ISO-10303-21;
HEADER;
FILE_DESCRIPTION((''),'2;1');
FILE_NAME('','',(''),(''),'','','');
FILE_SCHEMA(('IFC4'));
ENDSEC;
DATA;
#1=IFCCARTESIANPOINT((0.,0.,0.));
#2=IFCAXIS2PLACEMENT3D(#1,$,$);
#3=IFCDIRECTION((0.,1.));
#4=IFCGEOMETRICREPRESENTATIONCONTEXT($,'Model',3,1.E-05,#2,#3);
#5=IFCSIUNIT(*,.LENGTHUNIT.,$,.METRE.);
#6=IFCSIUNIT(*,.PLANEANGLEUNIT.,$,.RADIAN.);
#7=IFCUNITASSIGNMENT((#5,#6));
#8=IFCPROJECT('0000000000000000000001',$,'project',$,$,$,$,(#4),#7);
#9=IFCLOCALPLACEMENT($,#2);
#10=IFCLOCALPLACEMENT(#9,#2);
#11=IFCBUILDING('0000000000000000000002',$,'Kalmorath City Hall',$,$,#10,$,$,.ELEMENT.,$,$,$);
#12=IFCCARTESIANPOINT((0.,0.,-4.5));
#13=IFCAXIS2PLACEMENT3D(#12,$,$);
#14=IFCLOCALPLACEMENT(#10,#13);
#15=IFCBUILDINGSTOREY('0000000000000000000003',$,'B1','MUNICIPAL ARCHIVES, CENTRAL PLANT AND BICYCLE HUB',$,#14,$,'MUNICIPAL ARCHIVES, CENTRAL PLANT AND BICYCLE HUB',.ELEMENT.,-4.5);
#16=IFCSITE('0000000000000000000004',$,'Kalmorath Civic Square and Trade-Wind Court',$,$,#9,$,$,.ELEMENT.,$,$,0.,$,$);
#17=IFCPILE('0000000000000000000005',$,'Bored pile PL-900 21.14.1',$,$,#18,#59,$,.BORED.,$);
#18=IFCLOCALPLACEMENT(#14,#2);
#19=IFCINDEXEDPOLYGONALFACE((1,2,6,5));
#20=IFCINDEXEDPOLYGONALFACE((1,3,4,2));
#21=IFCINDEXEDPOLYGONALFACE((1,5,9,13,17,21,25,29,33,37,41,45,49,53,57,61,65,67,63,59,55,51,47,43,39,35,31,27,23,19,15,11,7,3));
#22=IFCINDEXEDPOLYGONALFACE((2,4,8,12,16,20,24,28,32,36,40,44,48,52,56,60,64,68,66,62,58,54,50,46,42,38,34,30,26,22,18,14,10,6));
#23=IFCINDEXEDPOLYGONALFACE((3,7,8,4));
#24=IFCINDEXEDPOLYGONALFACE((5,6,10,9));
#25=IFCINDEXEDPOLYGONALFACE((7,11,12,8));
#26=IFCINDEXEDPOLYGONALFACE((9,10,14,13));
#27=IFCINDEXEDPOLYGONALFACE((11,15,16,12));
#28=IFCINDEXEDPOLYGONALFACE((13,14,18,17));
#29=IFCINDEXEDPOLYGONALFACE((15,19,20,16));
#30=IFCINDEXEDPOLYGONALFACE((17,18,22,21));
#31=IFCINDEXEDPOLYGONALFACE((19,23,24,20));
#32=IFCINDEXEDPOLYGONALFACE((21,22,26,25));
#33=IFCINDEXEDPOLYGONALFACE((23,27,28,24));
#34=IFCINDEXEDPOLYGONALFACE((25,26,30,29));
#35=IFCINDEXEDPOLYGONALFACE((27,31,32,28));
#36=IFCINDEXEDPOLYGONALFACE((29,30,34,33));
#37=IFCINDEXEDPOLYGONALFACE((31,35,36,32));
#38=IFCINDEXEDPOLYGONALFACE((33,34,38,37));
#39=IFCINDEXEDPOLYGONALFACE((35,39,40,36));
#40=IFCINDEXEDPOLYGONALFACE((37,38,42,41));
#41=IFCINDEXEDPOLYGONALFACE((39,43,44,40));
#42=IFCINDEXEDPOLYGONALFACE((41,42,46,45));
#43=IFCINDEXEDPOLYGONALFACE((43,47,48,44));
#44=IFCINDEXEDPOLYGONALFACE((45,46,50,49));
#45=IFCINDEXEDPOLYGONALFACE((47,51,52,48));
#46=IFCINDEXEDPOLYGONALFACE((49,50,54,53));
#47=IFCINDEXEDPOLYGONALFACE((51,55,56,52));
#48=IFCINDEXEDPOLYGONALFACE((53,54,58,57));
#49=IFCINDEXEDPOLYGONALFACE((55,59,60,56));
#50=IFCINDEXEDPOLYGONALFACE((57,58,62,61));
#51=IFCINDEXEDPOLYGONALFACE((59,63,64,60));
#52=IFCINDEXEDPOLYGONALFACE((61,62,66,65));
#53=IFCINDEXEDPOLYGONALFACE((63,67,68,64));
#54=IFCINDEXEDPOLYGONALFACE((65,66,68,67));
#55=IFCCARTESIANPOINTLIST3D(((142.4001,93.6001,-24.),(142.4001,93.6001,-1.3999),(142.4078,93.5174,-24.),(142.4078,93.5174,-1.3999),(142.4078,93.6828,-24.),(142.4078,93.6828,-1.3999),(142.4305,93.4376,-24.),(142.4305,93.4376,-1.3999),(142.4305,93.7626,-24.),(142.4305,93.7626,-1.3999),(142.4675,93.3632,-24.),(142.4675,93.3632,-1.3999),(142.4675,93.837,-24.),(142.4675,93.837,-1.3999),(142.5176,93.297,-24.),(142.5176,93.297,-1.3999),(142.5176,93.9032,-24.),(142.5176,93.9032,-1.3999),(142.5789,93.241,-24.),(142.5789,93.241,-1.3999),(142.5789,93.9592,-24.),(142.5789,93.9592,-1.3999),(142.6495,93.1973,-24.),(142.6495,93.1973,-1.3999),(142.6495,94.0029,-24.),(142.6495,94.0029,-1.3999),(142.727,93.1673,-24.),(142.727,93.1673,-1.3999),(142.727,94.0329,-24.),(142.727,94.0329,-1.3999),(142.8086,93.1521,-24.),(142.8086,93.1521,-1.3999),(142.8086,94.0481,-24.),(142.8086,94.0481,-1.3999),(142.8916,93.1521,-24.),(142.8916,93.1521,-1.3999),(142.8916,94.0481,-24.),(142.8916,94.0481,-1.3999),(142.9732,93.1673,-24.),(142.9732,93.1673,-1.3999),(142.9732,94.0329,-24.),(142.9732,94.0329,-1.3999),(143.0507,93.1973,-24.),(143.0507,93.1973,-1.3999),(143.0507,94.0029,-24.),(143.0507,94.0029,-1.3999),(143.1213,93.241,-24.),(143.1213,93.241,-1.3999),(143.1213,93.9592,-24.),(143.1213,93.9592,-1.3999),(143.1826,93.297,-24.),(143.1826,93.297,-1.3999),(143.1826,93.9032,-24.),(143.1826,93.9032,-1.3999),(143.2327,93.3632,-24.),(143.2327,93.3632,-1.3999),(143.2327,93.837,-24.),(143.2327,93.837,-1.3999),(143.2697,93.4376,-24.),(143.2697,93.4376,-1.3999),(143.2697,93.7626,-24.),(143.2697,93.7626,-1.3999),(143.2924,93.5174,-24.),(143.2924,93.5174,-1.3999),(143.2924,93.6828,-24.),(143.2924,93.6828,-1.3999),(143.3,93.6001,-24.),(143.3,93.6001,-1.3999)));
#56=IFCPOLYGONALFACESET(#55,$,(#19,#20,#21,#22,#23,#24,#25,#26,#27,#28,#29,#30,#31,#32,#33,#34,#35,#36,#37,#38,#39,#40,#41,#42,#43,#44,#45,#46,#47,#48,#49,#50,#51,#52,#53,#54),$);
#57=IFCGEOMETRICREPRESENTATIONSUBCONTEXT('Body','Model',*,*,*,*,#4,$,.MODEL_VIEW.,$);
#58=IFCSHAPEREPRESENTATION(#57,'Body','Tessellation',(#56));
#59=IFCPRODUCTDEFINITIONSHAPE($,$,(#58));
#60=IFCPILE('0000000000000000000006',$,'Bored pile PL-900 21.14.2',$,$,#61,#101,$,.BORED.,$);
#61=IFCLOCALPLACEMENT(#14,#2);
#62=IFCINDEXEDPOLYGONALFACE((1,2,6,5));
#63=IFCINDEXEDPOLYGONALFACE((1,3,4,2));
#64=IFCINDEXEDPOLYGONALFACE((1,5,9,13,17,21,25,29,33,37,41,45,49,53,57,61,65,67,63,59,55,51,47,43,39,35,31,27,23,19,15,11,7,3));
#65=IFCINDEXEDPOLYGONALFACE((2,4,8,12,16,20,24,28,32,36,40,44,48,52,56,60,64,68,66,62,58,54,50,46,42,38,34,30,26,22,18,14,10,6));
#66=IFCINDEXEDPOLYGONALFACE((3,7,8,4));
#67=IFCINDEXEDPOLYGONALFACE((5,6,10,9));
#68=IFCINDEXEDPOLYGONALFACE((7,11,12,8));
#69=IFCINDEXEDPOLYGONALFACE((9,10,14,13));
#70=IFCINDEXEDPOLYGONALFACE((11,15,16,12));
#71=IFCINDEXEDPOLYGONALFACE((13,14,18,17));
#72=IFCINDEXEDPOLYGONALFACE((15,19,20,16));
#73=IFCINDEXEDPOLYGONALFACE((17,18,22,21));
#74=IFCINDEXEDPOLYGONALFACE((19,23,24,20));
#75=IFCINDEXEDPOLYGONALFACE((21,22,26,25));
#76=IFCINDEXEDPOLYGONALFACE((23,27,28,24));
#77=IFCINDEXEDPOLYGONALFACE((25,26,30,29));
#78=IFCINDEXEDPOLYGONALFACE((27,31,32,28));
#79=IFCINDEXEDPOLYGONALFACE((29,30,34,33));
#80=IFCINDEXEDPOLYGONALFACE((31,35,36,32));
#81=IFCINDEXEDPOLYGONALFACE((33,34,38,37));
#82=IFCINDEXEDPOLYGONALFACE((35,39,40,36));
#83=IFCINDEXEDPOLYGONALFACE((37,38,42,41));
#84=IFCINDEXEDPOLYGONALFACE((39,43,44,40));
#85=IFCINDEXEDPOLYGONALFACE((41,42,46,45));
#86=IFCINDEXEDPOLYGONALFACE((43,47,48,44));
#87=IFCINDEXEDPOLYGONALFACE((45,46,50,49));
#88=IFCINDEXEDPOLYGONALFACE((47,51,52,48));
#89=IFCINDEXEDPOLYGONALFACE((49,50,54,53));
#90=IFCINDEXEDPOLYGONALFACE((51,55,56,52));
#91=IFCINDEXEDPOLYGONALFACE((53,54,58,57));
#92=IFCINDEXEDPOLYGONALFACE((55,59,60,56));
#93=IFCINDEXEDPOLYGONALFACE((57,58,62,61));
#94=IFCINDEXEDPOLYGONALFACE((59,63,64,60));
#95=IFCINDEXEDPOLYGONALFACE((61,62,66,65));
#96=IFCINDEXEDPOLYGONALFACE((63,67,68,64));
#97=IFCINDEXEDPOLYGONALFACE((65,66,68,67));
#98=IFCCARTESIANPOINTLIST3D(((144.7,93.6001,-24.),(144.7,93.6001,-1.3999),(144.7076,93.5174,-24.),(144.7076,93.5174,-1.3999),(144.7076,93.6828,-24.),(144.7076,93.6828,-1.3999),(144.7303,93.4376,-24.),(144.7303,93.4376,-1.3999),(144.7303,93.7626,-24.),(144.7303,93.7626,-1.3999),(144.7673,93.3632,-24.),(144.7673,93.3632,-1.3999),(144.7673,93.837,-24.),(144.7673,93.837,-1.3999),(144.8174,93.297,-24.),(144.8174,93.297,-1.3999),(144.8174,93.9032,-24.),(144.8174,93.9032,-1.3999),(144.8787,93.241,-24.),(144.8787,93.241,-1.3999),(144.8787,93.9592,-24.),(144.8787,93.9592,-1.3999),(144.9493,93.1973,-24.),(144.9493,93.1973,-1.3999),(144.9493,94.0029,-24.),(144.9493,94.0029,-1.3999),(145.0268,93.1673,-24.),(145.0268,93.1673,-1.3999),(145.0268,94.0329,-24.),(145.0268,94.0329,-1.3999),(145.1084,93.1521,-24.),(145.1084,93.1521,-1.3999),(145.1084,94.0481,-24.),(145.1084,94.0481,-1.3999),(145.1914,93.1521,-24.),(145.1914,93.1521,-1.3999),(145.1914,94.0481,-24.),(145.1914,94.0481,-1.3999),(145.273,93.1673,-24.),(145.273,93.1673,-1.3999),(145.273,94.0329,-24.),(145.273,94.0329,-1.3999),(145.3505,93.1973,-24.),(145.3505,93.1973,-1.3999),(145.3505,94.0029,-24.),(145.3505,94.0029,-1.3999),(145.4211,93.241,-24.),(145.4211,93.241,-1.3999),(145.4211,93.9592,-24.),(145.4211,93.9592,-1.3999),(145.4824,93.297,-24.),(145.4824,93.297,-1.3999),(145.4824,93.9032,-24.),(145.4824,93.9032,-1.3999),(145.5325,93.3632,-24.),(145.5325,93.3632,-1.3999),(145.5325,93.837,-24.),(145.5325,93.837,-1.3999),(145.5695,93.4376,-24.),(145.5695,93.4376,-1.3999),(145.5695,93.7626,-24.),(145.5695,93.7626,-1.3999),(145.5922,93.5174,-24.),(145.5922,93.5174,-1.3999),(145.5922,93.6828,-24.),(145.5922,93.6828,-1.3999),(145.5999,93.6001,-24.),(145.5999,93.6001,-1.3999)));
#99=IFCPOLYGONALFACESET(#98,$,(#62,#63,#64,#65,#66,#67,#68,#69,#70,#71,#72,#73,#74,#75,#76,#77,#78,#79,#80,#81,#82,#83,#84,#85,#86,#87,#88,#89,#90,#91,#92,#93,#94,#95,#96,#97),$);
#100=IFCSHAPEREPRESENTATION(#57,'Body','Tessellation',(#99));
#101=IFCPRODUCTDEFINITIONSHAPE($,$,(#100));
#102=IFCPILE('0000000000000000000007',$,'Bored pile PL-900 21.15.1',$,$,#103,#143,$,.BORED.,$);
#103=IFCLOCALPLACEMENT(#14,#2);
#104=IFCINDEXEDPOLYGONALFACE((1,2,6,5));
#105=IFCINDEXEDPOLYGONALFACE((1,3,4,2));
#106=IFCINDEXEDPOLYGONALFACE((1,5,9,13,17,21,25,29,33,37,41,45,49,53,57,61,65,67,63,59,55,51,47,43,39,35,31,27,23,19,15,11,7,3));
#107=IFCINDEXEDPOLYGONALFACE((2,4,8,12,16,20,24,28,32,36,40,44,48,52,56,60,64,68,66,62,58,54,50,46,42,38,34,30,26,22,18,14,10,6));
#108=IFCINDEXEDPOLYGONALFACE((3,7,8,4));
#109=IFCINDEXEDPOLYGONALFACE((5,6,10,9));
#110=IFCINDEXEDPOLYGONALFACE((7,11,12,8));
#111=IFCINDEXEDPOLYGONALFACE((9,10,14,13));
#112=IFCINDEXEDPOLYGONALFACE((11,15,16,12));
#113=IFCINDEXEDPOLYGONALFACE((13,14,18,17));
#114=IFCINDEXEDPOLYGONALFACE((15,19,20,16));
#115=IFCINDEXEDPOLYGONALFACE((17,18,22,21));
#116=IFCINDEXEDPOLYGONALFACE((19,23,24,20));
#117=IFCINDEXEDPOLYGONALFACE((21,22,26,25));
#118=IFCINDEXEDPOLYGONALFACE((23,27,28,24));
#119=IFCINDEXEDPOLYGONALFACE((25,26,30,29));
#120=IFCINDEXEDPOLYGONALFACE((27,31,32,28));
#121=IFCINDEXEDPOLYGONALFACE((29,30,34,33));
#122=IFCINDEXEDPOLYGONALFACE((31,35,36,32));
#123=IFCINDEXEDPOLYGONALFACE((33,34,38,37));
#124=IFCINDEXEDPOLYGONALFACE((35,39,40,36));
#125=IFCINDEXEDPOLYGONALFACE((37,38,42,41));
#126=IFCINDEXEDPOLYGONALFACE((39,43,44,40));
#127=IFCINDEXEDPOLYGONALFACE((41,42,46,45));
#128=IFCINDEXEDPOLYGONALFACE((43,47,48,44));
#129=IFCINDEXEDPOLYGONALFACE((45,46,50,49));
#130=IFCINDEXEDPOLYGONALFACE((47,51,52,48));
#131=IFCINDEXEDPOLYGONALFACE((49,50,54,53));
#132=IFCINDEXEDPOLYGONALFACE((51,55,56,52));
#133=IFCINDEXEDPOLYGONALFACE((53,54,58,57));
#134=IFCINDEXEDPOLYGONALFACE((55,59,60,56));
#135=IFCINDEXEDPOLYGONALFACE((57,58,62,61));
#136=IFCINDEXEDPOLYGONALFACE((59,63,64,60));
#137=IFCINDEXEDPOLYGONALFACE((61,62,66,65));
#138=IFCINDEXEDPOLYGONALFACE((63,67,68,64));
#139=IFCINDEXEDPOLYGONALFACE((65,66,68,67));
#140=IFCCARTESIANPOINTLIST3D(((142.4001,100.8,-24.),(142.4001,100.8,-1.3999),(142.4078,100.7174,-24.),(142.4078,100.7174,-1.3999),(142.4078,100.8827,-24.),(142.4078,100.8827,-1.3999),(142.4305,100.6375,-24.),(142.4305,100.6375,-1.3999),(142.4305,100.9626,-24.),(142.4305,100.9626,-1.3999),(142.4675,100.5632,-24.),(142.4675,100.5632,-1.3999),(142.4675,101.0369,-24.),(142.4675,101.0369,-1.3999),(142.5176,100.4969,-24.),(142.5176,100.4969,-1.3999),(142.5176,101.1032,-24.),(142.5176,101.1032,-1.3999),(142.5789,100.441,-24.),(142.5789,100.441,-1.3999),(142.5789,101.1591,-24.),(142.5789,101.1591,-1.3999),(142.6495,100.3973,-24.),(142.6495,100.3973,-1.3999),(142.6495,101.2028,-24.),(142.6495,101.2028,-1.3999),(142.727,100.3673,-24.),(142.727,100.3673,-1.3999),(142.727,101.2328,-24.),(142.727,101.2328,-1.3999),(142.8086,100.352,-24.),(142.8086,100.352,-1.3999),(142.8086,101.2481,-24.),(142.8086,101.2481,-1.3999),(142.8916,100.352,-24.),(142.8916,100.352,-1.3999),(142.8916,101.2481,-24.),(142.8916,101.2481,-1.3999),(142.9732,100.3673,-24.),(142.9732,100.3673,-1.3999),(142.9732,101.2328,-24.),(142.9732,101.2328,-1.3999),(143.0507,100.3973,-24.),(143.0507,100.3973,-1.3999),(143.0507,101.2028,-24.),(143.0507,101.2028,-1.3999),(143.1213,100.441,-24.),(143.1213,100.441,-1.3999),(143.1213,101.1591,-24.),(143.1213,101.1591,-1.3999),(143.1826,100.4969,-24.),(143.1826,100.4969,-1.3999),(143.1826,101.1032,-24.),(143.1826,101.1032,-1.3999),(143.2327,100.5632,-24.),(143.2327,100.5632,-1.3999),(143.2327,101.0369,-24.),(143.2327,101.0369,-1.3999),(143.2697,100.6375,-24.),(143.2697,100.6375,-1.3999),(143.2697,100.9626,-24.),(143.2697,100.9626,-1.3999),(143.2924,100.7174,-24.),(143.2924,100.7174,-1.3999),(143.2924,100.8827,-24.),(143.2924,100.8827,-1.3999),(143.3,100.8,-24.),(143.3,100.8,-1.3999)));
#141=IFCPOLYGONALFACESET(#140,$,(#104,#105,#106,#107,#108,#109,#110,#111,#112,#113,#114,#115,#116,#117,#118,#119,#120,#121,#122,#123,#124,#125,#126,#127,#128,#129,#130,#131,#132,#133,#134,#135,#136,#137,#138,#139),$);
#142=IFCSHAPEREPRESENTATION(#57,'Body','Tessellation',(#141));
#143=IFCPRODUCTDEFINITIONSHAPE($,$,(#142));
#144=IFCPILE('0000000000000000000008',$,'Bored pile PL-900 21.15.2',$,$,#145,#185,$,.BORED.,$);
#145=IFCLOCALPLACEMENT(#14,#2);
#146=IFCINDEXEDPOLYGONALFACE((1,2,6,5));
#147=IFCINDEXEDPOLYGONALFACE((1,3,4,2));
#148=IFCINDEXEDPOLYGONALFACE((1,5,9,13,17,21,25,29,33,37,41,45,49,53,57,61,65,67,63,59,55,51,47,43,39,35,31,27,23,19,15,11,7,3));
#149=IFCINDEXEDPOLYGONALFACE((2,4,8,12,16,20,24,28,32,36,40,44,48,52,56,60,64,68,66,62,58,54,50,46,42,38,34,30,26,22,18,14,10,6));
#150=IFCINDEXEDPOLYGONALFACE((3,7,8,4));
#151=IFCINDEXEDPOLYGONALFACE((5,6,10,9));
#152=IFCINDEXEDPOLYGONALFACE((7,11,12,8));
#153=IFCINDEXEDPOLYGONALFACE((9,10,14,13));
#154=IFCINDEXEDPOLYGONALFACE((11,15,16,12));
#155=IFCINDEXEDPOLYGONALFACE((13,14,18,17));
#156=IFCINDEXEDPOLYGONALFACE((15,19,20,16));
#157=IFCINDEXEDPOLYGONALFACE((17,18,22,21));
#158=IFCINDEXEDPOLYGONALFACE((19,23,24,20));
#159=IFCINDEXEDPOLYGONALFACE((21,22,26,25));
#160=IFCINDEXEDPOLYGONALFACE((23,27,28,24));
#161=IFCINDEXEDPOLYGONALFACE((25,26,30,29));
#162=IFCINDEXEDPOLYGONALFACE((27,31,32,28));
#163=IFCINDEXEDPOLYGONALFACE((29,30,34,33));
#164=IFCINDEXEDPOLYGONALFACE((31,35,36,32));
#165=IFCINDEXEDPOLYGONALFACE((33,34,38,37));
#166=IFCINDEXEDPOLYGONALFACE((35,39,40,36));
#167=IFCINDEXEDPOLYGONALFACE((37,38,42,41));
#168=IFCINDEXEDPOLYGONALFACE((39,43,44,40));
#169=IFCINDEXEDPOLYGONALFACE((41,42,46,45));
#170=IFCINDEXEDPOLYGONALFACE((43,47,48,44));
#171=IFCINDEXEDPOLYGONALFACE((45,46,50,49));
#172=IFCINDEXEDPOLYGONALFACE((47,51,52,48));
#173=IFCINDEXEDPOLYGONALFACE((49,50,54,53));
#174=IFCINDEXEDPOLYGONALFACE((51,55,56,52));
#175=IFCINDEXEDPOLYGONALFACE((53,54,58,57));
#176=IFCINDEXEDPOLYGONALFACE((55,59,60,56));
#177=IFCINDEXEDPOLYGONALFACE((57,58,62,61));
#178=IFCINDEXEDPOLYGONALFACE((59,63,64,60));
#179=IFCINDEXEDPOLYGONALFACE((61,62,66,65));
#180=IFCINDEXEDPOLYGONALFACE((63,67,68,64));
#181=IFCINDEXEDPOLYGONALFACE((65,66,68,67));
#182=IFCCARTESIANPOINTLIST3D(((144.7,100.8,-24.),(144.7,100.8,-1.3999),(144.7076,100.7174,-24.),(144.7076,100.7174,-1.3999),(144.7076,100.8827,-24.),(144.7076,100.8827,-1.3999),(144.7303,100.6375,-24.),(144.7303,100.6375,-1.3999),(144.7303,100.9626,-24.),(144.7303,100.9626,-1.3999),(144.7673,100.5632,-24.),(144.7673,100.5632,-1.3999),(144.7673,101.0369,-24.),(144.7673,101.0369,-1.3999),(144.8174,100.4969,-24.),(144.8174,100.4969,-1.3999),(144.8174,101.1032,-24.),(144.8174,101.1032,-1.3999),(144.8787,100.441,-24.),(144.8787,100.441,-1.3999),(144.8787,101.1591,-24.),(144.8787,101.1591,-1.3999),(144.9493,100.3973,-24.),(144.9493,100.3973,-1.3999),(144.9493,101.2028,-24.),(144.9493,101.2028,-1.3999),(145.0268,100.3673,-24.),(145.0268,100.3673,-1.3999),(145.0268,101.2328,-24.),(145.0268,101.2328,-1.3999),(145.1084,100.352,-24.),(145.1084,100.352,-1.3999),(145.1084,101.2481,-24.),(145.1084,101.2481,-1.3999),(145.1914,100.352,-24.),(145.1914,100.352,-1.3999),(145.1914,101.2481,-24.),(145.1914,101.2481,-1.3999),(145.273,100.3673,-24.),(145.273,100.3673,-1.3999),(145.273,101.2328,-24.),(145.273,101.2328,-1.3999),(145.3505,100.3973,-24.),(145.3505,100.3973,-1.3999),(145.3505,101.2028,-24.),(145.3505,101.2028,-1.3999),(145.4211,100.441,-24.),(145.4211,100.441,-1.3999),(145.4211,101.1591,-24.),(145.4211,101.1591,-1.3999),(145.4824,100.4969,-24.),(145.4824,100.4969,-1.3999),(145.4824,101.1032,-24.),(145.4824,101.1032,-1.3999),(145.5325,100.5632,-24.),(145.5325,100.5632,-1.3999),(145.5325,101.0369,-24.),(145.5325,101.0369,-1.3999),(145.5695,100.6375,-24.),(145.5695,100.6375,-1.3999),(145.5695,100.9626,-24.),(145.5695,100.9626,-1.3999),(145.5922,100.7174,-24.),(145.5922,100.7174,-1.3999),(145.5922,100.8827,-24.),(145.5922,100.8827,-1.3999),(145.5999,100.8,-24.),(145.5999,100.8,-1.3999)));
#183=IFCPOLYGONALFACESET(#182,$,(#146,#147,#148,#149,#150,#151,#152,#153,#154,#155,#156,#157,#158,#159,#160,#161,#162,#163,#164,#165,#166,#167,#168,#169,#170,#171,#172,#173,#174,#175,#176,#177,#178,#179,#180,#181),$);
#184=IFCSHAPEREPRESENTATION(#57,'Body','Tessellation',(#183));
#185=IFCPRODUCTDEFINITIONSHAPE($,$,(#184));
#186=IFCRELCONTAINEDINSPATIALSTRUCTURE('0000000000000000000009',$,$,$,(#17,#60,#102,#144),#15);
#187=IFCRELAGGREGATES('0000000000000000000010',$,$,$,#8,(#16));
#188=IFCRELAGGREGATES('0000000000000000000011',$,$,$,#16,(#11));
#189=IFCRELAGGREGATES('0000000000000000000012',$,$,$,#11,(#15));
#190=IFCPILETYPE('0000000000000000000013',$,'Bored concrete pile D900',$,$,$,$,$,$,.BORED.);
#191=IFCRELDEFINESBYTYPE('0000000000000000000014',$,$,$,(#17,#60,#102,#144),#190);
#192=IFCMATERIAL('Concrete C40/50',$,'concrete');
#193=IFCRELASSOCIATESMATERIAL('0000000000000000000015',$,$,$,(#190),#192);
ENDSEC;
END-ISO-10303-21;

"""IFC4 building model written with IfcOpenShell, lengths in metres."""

from ifc_helpers import new_model, si_unit, direction, frame, origin, origin_2d, place, context, subcontext, project, spatial, circle, extrude, material, material_profile, profile_set, type_object, element, save


model = new_model("IFC4")

# Units and contexts
model_context = context("Model", 3, precision=1e-05, world=origin(), true_north=direction((0.0, 1.0)))
body_context = subcontext(model_context, "Body", "Model", "MODEL_VIEW")
ifc_project = project(units=[si_unit("LENGTHUNIT", "METRE"), si_unit("PLANEANGLEUNIT", "RADIAN")], contexts=[model_context])

# Site, building, storey
site_placement = place(None, origin())
site = spatial("IfcSite", under=ifc_project, at=site_placement, Name="Kalmorath Civic Square and Trade-Wind Court", CompositionType="ELEMENT", RefElevation=0.0)
building_placement = place(site_placement, origin())
building = spatial("IfcBuilding", under=site, at=building_placement, Name="Kalmorath City Hall", CompositionType="ELEMENT")
storey_placement = place(building_placement, frame((0.0, 0.0, -4.5)))
storey = spatial("IfcBuildingStorey", under=building, at=storey_placement, Name="B1", Description="MUNICIPAL ARCHIVES, CENTRAL PLANT AND BICYCLE HUB", LongName="MUNICIPAL ARCHIVES, CENTRAL PLANT AND BICYCLE HUB", CompositionType="ELEMENT", Elevation=-4.5)

# Piles
ifc_material_1 = material(Name="Concrete C40/50", Category="concrete")
ifc_material_profile_1 = material_profile(ifc_material_1, circle(Radius=0.45, at=origin_2d()), Name="PILE-D900")
ifc_profile_set_1 = profile_set([ifc_material_profile_1], Name="Concrete C40/50")
pile_type = type_object("IfcPileType", Name="Bored concrete pile D900", PredefinedType="BORED", material=ifc_profile_set_1)
for number, where, z_axis, x_axis, name in (
    (1, (142.8501, 93.6001, -1.3999), (0.0, 0.0, -1.0), (1.0, 0.0, 0.0), "Bored pile PL-900 21.14.1"),
    (2, (145.1499, 93.6001, -1.3999), (0.0, 0.0, -1.0), (1.0, 0.0, 0.0), "Bored pile PL-900 21.14.2"),
    (3, (142.8501, 100.8, -1.3999), (0.0, 0.0, -1.0), (1.0, 0.0, 0.0), "Bored pile PL-900 21.15.1"),
    (4, (145.1499, 100.8, -1.3999), (0.0, 0.0, -1.0), (1.0, 0.0, 0.0), "Bored pile PL-900 21.15.2"),
):
    element("IfcPile", number, at=place(storey_placement, frame(where, z_axis=z_axis, x_axis=x_axis)), inside=storey, type_object=pile_type, Name=name, PredefinedType="BORED", context=body_context, shape_type="SweptSolid", body=[
        extrude(circle(Radius=0.45, at=origin_2d()), origin(), (0.0, 0.0, 1.0), 22.6001),
    ])

save(model, "model.ifc")
